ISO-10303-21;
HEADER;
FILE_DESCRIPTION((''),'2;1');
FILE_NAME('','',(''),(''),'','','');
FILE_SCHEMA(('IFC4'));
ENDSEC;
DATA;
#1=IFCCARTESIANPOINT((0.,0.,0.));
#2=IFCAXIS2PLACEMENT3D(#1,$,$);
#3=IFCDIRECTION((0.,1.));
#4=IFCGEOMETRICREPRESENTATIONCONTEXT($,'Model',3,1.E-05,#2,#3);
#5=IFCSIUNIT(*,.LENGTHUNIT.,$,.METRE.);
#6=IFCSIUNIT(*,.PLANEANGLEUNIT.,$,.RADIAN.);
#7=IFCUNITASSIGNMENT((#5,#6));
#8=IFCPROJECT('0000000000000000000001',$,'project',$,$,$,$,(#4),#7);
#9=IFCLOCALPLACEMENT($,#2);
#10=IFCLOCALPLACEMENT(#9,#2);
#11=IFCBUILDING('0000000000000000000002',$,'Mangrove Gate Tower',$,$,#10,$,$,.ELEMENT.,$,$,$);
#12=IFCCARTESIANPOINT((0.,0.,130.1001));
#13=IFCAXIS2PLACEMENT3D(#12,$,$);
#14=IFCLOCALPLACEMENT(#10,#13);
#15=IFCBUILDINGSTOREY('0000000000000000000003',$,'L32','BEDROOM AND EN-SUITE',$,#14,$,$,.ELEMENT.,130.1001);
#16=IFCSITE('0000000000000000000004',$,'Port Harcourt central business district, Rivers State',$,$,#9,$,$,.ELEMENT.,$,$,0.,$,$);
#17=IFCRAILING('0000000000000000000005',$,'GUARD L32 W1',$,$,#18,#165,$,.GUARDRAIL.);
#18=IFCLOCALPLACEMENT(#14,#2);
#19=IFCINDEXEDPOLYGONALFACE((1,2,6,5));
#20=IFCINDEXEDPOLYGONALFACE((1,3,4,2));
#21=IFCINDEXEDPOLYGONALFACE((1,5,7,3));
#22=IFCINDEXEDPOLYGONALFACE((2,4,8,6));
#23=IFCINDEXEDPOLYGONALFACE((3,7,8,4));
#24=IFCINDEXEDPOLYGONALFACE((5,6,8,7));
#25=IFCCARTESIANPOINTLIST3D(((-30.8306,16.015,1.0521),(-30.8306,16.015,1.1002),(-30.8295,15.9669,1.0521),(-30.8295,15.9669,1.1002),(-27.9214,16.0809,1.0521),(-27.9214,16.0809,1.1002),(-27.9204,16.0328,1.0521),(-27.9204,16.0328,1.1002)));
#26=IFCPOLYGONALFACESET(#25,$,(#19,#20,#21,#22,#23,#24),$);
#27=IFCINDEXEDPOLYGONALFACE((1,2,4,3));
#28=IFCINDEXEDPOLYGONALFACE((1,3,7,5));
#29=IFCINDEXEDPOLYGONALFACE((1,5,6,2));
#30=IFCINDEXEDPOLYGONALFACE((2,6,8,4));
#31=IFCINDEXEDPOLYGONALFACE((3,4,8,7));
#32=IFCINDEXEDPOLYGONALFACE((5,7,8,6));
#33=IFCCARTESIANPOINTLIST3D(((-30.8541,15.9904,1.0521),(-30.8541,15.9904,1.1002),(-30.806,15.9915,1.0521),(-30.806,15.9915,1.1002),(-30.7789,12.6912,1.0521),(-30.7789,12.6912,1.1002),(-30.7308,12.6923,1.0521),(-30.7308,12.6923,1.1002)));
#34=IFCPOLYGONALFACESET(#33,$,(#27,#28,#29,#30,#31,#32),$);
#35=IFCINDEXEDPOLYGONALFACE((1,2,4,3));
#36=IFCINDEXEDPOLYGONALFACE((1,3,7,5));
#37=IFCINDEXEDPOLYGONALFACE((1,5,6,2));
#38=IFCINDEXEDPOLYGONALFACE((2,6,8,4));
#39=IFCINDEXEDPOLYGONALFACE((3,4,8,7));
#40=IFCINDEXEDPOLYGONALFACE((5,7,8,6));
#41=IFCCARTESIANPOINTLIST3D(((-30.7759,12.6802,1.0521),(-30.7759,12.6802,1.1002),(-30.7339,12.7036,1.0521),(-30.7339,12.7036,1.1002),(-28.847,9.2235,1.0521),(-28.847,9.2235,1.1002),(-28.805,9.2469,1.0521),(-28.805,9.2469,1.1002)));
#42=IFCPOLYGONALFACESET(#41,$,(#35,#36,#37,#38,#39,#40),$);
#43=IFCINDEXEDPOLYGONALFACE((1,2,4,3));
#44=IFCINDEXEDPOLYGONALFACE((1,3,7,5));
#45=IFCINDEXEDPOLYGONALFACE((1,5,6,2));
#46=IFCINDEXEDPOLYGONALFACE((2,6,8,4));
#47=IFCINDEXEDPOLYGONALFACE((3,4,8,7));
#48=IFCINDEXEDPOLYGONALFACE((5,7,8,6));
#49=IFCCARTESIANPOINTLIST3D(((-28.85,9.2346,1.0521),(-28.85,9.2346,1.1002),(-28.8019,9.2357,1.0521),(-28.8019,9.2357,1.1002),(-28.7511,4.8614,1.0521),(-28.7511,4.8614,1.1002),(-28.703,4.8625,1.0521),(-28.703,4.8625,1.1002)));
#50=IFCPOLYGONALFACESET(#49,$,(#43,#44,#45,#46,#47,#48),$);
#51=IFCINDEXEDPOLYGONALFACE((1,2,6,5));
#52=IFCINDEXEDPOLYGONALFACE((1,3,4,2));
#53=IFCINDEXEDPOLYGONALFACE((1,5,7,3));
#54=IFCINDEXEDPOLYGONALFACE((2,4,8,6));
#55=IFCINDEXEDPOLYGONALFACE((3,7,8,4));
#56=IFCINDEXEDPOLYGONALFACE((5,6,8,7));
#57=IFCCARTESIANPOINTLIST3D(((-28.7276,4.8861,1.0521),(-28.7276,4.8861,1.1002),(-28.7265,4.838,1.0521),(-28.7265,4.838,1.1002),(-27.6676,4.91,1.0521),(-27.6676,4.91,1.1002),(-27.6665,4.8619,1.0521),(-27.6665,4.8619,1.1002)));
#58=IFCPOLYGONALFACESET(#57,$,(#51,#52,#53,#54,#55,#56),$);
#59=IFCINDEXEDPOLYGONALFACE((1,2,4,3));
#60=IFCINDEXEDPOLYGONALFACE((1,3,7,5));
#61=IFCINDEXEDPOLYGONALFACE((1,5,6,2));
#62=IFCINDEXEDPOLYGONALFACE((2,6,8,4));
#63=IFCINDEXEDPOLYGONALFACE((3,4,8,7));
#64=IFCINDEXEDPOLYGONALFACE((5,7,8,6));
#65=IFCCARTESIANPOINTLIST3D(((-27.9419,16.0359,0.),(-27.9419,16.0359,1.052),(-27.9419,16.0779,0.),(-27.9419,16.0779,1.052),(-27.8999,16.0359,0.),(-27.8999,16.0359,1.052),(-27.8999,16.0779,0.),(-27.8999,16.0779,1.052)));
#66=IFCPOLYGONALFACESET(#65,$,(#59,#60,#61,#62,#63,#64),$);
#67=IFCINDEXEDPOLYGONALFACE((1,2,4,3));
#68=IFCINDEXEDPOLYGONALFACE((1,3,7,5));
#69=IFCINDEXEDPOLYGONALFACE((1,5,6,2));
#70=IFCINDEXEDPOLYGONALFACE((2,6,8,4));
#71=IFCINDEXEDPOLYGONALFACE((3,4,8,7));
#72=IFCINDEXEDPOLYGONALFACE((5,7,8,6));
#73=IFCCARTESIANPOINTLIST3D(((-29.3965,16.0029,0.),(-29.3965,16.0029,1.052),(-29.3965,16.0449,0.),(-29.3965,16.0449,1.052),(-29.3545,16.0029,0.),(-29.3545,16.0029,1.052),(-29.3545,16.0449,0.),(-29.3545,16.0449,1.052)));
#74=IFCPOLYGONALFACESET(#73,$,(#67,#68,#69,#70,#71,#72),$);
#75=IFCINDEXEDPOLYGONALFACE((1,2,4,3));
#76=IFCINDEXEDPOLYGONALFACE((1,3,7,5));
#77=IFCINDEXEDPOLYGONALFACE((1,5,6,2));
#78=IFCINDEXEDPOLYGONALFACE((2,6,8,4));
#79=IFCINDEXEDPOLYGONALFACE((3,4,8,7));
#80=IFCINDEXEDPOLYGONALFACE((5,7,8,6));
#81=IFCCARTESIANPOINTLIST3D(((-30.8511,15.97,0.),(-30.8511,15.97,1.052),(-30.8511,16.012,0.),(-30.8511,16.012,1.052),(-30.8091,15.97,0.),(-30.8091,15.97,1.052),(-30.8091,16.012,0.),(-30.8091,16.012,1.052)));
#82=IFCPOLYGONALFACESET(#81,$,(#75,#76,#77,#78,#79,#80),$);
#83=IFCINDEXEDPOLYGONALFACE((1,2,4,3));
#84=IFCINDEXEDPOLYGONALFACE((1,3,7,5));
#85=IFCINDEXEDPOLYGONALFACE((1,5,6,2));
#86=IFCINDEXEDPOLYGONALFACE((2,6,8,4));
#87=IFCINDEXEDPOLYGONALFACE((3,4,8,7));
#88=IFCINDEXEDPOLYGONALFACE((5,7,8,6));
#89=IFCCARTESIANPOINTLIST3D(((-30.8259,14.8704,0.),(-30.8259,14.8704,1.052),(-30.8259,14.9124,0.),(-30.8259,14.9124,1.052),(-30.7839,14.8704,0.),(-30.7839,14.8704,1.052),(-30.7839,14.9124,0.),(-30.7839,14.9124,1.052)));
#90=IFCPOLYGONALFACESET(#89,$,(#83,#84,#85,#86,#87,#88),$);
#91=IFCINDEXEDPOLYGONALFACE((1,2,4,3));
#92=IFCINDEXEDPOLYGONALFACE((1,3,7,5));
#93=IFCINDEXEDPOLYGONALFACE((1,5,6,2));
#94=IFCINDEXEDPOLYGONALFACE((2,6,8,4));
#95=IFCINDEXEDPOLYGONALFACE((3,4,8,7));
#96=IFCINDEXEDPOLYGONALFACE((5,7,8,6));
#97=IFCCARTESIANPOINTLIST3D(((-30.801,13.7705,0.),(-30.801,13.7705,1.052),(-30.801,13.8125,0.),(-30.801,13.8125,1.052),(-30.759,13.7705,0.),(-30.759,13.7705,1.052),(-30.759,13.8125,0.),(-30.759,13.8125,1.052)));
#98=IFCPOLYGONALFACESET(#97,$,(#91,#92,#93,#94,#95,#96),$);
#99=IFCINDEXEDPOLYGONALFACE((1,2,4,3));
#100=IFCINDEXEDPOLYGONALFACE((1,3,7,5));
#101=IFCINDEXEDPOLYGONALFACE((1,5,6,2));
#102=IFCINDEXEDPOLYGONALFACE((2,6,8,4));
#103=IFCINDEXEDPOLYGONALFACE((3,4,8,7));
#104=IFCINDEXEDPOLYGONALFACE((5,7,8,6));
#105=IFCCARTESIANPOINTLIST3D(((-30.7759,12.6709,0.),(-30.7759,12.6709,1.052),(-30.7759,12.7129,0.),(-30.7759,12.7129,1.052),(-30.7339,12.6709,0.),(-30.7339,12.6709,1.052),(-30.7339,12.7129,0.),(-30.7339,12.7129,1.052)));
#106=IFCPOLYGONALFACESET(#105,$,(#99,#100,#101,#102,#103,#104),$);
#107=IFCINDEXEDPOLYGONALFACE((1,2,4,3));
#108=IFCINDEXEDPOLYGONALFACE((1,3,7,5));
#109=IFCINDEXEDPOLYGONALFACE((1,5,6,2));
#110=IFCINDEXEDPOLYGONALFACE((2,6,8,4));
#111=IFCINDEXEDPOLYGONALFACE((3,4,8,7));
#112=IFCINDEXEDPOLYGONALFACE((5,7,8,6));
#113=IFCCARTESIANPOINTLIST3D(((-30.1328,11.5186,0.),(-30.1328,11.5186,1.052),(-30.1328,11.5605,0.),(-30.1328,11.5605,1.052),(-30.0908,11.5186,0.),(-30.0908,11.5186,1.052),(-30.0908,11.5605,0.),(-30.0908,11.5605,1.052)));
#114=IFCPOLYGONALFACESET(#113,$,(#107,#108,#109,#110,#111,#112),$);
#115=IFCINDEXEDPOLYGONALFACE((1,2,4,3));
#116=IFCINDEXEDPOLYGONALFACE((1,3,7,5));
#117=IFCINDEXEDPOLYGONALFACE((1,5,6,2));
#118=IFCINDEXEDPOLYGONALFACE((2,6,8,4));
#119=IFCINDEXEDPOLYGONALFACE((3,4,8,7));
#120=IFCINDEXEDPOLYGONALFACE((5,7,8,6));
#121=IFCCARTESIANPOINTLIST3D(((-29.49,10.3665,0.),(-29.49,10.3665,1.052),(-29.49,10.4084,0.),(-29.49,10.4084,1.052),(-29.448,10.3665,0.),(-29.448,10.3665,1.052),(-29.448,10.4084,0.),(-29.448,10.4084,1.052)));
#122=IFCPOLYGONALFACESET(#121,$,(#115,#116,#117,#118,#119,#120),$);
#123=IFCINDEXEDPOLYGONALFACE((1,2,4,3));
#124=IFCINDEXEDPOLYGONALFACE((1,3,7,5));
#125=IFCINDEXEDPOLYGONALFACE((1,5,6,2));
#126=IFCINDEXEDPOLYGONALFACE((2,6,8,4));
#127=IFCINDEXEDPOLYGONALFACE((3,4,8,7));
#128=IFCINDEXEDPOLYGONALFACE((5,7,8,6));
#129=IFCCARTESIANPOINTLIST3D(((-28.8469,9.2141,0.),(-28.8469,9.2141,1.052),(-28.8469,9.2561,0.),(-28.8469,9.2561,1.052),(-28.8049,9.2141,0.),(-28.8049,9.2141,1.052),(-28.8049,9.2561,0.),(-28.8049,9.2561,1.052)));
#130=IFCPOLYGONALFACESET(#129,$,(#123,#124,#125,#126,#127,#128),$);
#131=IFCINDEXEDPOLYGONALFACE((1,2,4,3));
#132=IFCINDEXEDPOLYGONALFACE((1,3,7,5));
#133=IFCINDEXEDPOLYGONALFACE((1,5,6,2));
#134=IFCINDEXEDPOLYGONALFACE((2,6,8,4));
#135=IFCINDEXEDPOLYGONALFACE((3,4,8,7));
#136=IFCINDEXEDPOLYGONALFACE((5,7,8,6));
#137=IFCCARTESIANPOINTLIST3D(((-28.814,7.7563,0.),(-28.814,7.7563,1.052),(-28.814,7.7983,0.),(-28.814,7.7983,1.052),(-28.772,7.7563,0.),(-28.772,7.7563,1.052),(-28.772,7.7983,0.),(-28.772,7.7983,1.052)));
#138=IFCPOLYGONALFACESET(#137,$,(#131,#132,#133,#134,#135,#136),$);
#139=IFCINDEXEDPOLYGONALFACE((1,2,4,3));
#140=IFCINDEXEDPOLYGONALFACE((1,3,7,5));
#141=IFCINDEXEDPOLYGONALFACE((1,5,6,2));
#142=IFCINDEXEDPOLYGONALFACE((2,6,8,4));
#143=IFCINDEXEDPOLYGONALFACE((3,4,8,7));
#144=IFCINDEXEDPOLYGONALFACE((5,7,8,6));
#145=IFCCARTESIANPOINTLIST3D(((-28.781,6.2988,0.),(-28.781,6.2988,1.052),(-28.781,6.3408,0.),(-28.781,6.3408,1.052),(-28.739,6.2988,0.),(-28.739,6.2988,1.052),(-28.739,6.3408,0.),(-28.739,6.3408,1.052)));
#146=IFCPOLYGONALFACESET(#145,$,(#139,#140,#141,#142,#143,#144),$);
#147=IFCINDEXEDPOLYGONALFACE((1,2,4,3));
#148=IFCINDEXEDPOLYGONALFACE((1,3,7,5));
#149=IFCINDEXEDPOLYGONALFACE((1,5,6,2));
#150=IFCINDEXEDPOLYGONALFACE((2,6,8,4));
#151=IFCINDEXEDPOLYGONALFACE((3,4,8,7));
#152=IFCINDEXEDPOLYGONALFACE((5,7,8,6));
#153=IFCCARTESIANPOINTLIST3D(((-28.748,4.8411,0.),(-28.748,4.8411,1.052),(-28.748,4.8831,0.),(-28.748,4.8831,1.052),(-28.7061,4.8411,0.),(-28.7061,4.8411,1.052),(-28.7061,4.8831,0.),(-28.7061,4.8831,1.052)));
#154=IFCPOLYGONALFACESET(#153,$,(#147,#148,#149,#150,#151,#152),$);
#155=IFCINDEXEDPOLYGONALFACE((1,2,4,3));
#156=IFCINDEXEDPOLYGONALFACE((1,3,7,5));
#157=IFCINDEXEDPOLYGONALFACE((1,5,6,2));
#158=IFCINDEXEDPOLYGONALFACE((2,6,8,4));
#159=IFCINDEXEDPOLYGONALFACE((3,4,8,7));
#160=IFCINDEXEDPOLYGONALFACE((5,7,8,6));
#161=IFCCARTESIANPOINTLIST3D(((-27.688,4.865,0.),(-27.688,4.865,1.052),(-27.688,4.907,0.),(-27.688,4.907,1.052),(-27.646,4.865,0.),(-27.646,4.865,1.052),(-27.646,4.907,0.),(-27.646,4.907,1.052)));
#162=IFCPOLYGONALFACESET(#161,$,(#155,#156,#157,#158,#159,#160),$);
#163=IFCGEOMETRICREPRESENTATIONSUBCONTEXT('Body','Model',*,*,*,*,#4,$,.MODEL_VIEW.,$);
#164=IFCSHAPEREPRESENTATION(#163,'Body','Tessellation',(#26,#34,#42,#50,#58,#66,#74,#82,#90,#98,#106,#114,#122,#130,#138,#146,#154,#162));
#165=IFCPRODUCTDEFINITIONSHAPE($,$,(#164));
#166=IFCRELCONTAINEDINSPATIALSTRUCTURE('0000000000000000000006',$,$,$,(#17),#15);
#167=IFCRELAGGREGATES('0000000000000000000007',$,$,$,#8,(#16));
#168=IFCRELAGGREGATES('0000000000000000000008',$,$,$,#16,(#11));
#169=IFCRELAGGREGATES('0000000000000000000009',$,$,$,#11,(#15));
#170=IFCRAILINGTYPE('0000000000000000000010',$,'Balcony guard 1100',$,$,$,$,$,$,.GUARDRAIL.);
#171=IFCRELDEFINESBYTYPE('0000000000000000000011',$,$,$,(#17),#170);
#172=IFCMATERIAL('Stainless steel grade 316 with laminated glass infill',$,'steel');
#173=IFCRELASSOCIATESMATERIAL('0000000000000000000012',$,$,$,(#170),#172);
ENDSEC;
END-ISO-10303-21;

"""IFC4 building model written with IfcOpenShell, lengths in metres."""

from ifc_helpers import new_model, si_unit, direction, frame, origin, origin_2d, place, context, subcontext, project, spatial, rectangle, extrude, material, type_object, element, save


model = new_model("IFC4")

# Units and contexts
model_context = context("Model", 3, precision=1e-05, world=origin(), true_north=direction((0.0, 1.0)))
body_context = subcontext(model_context, "Body", "Model", "MODEL_VIEW")
ifc_project = project(units=[si_unit("LENGTHUNIT", "METRE"), si_unit("PLANEANGLEUNIT", "RADIAN")], contexts=[model_context])

# Site, building, storey
site_placement = place(None, origin())
site = spatial("IfcSite", under=ifc_project, at=site_placement, Name="Port Harcourt central business district, Rivers State", CompositionType="ELEMENT", RefElevation=0.0)
building_placement = place(site_placement, origin())
building = spatial("IfcBuilding", under=site, at=building_placement, Name="Mangrove Gate Tower", CompositionType="ELEMENT")
storey_placement = place(building_placement, frame((0.0, 0.0, 130.1001)))
storey = spatial("IfcBuildingStorey", under=building, at=storey_placement, Name="L32", Description="BEDROOM AND EN-SUITE", CompositionType="ELEMENT", Elevation=130.1001)

# Railing
ifc_material_1 = material(Name="Stainless steel grade 316 with laminated glass infill", Category="steel")
railing_type = type_object("IfcRailingType", Name="Balcony guard 1100", PredefinedType="GUARDRAIL", material=ifc_material_1)
railing_placement = place(storey_placement, frame((-27.9209, 16.0569, 0.0)))
element("IfcRailing", 1, at=railing_placement, inside=storey, type_object=railing_type, Name="GUARD L32 W1", PredefinedType="GUARDRAIL", context=body_context, shape_type="SweptSolid", body=[
    extrude(rectangle(XDim=0.0481, YDim=0.0481, at=origin_2d()), frame((0.0, 0.0, 1.0762), z_axis=(-0.999743, -0.022653, 0.0), x_axis=(0.022653, -0.999743, 0.0)), (0.0, 0.0, 1.0), 2.9099),
    extrude(rectangle(XDim=0.0481, YDim=0.0481, at=origin_2d()), frame((-2.9092, -0.0659, 1.0762), z_axis=(0.022787, -0.99974, 0.0), x_axis=(0.99974, 0.022787, 0.0)), (0.0, 0.0, 1.0), 3.3),
    extrude(rectangle(XDim=0.0481, YDim=0.0481, at=origin_2d()), frame((-2.834, -3.365, 1.0762), z_axis=(0.487286, -0.873242, 0.0), x_axis=(0.873242, 0.487286, 0.0)), (0.0, 0.0, 1.0), 3.9585),
    extrude(rectangle(XDim=0.0481, YDim=0.0481, at=origin_2d()), frame((-0.905, -6.8218, 1.0762), z_axis=(0.022605, -0.999744, 0.0), x_axis=(0.999744, 0.022605, 0.0)), (0.0, 0.0, 1.0), 4.3743),
    extrude(rectangle(XDim=0.0481, YDim=0.0481, at=origin_2d()), frame((-0.8062, -11.1948, 1.0762), z_axis=(0.999745, 0.022564, 0.0), x_axis=(-0.022564, 0.999745, 0.0)), (0.0, 0.0, 1.0), 1.0603),
    extrude(rectangle(XDim=0.042, YDim=0.042, at=origin_2d()), origin(), (0.0, 0.0, 1.0), 1.052),
    extrude(rectangle(XDim=0.042, YDim=0.042, at=origin_2d()), frame((-1.4546, -0.033, 0.0)), (0.0, 0.0, 1.0), 1.052),
    extrude(rectangle(XDim=0.042, YDim=0.042, at=origin_2d()), frame((-2.9092, -0.0659, 0.0)), (0.0, 0.0, 1.0), 1.052),
    extrude(rectangle(XDim=0.042, YDim=0.042, at=origin_2d()), frame((-2.884, -1.1655, 0.0)), (0.0, 0.0, 1.0), 1.052),
    extrude(rectangle(XDim=0.042, YDim=0.042, at=origin_2d()), frame((-2.8591, -2.2654, 0.0)), (0.0, 0.0, 1.0), 1.052),
    extrude(rectangle(XDim=0.042, YDim=0.042, at=origin_2d()), frame((-2.834, -3.365, 0.0)), (0.0, 0.0, 1.0), 1.052),
    extrude(rectangle(XDim=0.042, YDim=0.042, at=origin_2d()), frame((-2.1909, -4.5173, 0.0)), (0.0, 0.0, 1.0), 1.052),
    extrude(rectangle(XDim=0.042, YDim=0.042, at=origin_2d()), frame((-1.5481, -5.6694, 0.0)), (0.0, 0.0, 1.0), 1.052),
    extrude(rectangle(XDim=0.042, YDim=0.042, at=origin_2d()), frame((-0.905, -6.8218, 0.0)), (0.0, 0.0, 1.0), 1.052),
    extrude(rectangle(XDim=0.042, YDim=0.042, at=origin_2d()), frame((-0.8721, -8.2795, 0.0)), (0.0, 0.0, 1.0), 1.052),
    extrude(rectangle(XDim=0.042, YDim=0.042, at=origin_2d()), frame((-0.8391, -9.7371, 0.0)), (0.0, 0.0, 1.0), 1.052),
    extrude(rectangle(XDim=0.042, YDim=0.042, at=origin_2d()), frame((-0.8062, -11.1948, 0.0)), (0.0, 0.0, 1.0), 1.052),
    extrude(rectangle(XDim=0.042, YDim=0.042, at=origin_2d()), frame((0.2539, -11.1709, 0.0)), (0.0, 0.0, 1.0), 1.052),
])

save(model, "model.ifc")
